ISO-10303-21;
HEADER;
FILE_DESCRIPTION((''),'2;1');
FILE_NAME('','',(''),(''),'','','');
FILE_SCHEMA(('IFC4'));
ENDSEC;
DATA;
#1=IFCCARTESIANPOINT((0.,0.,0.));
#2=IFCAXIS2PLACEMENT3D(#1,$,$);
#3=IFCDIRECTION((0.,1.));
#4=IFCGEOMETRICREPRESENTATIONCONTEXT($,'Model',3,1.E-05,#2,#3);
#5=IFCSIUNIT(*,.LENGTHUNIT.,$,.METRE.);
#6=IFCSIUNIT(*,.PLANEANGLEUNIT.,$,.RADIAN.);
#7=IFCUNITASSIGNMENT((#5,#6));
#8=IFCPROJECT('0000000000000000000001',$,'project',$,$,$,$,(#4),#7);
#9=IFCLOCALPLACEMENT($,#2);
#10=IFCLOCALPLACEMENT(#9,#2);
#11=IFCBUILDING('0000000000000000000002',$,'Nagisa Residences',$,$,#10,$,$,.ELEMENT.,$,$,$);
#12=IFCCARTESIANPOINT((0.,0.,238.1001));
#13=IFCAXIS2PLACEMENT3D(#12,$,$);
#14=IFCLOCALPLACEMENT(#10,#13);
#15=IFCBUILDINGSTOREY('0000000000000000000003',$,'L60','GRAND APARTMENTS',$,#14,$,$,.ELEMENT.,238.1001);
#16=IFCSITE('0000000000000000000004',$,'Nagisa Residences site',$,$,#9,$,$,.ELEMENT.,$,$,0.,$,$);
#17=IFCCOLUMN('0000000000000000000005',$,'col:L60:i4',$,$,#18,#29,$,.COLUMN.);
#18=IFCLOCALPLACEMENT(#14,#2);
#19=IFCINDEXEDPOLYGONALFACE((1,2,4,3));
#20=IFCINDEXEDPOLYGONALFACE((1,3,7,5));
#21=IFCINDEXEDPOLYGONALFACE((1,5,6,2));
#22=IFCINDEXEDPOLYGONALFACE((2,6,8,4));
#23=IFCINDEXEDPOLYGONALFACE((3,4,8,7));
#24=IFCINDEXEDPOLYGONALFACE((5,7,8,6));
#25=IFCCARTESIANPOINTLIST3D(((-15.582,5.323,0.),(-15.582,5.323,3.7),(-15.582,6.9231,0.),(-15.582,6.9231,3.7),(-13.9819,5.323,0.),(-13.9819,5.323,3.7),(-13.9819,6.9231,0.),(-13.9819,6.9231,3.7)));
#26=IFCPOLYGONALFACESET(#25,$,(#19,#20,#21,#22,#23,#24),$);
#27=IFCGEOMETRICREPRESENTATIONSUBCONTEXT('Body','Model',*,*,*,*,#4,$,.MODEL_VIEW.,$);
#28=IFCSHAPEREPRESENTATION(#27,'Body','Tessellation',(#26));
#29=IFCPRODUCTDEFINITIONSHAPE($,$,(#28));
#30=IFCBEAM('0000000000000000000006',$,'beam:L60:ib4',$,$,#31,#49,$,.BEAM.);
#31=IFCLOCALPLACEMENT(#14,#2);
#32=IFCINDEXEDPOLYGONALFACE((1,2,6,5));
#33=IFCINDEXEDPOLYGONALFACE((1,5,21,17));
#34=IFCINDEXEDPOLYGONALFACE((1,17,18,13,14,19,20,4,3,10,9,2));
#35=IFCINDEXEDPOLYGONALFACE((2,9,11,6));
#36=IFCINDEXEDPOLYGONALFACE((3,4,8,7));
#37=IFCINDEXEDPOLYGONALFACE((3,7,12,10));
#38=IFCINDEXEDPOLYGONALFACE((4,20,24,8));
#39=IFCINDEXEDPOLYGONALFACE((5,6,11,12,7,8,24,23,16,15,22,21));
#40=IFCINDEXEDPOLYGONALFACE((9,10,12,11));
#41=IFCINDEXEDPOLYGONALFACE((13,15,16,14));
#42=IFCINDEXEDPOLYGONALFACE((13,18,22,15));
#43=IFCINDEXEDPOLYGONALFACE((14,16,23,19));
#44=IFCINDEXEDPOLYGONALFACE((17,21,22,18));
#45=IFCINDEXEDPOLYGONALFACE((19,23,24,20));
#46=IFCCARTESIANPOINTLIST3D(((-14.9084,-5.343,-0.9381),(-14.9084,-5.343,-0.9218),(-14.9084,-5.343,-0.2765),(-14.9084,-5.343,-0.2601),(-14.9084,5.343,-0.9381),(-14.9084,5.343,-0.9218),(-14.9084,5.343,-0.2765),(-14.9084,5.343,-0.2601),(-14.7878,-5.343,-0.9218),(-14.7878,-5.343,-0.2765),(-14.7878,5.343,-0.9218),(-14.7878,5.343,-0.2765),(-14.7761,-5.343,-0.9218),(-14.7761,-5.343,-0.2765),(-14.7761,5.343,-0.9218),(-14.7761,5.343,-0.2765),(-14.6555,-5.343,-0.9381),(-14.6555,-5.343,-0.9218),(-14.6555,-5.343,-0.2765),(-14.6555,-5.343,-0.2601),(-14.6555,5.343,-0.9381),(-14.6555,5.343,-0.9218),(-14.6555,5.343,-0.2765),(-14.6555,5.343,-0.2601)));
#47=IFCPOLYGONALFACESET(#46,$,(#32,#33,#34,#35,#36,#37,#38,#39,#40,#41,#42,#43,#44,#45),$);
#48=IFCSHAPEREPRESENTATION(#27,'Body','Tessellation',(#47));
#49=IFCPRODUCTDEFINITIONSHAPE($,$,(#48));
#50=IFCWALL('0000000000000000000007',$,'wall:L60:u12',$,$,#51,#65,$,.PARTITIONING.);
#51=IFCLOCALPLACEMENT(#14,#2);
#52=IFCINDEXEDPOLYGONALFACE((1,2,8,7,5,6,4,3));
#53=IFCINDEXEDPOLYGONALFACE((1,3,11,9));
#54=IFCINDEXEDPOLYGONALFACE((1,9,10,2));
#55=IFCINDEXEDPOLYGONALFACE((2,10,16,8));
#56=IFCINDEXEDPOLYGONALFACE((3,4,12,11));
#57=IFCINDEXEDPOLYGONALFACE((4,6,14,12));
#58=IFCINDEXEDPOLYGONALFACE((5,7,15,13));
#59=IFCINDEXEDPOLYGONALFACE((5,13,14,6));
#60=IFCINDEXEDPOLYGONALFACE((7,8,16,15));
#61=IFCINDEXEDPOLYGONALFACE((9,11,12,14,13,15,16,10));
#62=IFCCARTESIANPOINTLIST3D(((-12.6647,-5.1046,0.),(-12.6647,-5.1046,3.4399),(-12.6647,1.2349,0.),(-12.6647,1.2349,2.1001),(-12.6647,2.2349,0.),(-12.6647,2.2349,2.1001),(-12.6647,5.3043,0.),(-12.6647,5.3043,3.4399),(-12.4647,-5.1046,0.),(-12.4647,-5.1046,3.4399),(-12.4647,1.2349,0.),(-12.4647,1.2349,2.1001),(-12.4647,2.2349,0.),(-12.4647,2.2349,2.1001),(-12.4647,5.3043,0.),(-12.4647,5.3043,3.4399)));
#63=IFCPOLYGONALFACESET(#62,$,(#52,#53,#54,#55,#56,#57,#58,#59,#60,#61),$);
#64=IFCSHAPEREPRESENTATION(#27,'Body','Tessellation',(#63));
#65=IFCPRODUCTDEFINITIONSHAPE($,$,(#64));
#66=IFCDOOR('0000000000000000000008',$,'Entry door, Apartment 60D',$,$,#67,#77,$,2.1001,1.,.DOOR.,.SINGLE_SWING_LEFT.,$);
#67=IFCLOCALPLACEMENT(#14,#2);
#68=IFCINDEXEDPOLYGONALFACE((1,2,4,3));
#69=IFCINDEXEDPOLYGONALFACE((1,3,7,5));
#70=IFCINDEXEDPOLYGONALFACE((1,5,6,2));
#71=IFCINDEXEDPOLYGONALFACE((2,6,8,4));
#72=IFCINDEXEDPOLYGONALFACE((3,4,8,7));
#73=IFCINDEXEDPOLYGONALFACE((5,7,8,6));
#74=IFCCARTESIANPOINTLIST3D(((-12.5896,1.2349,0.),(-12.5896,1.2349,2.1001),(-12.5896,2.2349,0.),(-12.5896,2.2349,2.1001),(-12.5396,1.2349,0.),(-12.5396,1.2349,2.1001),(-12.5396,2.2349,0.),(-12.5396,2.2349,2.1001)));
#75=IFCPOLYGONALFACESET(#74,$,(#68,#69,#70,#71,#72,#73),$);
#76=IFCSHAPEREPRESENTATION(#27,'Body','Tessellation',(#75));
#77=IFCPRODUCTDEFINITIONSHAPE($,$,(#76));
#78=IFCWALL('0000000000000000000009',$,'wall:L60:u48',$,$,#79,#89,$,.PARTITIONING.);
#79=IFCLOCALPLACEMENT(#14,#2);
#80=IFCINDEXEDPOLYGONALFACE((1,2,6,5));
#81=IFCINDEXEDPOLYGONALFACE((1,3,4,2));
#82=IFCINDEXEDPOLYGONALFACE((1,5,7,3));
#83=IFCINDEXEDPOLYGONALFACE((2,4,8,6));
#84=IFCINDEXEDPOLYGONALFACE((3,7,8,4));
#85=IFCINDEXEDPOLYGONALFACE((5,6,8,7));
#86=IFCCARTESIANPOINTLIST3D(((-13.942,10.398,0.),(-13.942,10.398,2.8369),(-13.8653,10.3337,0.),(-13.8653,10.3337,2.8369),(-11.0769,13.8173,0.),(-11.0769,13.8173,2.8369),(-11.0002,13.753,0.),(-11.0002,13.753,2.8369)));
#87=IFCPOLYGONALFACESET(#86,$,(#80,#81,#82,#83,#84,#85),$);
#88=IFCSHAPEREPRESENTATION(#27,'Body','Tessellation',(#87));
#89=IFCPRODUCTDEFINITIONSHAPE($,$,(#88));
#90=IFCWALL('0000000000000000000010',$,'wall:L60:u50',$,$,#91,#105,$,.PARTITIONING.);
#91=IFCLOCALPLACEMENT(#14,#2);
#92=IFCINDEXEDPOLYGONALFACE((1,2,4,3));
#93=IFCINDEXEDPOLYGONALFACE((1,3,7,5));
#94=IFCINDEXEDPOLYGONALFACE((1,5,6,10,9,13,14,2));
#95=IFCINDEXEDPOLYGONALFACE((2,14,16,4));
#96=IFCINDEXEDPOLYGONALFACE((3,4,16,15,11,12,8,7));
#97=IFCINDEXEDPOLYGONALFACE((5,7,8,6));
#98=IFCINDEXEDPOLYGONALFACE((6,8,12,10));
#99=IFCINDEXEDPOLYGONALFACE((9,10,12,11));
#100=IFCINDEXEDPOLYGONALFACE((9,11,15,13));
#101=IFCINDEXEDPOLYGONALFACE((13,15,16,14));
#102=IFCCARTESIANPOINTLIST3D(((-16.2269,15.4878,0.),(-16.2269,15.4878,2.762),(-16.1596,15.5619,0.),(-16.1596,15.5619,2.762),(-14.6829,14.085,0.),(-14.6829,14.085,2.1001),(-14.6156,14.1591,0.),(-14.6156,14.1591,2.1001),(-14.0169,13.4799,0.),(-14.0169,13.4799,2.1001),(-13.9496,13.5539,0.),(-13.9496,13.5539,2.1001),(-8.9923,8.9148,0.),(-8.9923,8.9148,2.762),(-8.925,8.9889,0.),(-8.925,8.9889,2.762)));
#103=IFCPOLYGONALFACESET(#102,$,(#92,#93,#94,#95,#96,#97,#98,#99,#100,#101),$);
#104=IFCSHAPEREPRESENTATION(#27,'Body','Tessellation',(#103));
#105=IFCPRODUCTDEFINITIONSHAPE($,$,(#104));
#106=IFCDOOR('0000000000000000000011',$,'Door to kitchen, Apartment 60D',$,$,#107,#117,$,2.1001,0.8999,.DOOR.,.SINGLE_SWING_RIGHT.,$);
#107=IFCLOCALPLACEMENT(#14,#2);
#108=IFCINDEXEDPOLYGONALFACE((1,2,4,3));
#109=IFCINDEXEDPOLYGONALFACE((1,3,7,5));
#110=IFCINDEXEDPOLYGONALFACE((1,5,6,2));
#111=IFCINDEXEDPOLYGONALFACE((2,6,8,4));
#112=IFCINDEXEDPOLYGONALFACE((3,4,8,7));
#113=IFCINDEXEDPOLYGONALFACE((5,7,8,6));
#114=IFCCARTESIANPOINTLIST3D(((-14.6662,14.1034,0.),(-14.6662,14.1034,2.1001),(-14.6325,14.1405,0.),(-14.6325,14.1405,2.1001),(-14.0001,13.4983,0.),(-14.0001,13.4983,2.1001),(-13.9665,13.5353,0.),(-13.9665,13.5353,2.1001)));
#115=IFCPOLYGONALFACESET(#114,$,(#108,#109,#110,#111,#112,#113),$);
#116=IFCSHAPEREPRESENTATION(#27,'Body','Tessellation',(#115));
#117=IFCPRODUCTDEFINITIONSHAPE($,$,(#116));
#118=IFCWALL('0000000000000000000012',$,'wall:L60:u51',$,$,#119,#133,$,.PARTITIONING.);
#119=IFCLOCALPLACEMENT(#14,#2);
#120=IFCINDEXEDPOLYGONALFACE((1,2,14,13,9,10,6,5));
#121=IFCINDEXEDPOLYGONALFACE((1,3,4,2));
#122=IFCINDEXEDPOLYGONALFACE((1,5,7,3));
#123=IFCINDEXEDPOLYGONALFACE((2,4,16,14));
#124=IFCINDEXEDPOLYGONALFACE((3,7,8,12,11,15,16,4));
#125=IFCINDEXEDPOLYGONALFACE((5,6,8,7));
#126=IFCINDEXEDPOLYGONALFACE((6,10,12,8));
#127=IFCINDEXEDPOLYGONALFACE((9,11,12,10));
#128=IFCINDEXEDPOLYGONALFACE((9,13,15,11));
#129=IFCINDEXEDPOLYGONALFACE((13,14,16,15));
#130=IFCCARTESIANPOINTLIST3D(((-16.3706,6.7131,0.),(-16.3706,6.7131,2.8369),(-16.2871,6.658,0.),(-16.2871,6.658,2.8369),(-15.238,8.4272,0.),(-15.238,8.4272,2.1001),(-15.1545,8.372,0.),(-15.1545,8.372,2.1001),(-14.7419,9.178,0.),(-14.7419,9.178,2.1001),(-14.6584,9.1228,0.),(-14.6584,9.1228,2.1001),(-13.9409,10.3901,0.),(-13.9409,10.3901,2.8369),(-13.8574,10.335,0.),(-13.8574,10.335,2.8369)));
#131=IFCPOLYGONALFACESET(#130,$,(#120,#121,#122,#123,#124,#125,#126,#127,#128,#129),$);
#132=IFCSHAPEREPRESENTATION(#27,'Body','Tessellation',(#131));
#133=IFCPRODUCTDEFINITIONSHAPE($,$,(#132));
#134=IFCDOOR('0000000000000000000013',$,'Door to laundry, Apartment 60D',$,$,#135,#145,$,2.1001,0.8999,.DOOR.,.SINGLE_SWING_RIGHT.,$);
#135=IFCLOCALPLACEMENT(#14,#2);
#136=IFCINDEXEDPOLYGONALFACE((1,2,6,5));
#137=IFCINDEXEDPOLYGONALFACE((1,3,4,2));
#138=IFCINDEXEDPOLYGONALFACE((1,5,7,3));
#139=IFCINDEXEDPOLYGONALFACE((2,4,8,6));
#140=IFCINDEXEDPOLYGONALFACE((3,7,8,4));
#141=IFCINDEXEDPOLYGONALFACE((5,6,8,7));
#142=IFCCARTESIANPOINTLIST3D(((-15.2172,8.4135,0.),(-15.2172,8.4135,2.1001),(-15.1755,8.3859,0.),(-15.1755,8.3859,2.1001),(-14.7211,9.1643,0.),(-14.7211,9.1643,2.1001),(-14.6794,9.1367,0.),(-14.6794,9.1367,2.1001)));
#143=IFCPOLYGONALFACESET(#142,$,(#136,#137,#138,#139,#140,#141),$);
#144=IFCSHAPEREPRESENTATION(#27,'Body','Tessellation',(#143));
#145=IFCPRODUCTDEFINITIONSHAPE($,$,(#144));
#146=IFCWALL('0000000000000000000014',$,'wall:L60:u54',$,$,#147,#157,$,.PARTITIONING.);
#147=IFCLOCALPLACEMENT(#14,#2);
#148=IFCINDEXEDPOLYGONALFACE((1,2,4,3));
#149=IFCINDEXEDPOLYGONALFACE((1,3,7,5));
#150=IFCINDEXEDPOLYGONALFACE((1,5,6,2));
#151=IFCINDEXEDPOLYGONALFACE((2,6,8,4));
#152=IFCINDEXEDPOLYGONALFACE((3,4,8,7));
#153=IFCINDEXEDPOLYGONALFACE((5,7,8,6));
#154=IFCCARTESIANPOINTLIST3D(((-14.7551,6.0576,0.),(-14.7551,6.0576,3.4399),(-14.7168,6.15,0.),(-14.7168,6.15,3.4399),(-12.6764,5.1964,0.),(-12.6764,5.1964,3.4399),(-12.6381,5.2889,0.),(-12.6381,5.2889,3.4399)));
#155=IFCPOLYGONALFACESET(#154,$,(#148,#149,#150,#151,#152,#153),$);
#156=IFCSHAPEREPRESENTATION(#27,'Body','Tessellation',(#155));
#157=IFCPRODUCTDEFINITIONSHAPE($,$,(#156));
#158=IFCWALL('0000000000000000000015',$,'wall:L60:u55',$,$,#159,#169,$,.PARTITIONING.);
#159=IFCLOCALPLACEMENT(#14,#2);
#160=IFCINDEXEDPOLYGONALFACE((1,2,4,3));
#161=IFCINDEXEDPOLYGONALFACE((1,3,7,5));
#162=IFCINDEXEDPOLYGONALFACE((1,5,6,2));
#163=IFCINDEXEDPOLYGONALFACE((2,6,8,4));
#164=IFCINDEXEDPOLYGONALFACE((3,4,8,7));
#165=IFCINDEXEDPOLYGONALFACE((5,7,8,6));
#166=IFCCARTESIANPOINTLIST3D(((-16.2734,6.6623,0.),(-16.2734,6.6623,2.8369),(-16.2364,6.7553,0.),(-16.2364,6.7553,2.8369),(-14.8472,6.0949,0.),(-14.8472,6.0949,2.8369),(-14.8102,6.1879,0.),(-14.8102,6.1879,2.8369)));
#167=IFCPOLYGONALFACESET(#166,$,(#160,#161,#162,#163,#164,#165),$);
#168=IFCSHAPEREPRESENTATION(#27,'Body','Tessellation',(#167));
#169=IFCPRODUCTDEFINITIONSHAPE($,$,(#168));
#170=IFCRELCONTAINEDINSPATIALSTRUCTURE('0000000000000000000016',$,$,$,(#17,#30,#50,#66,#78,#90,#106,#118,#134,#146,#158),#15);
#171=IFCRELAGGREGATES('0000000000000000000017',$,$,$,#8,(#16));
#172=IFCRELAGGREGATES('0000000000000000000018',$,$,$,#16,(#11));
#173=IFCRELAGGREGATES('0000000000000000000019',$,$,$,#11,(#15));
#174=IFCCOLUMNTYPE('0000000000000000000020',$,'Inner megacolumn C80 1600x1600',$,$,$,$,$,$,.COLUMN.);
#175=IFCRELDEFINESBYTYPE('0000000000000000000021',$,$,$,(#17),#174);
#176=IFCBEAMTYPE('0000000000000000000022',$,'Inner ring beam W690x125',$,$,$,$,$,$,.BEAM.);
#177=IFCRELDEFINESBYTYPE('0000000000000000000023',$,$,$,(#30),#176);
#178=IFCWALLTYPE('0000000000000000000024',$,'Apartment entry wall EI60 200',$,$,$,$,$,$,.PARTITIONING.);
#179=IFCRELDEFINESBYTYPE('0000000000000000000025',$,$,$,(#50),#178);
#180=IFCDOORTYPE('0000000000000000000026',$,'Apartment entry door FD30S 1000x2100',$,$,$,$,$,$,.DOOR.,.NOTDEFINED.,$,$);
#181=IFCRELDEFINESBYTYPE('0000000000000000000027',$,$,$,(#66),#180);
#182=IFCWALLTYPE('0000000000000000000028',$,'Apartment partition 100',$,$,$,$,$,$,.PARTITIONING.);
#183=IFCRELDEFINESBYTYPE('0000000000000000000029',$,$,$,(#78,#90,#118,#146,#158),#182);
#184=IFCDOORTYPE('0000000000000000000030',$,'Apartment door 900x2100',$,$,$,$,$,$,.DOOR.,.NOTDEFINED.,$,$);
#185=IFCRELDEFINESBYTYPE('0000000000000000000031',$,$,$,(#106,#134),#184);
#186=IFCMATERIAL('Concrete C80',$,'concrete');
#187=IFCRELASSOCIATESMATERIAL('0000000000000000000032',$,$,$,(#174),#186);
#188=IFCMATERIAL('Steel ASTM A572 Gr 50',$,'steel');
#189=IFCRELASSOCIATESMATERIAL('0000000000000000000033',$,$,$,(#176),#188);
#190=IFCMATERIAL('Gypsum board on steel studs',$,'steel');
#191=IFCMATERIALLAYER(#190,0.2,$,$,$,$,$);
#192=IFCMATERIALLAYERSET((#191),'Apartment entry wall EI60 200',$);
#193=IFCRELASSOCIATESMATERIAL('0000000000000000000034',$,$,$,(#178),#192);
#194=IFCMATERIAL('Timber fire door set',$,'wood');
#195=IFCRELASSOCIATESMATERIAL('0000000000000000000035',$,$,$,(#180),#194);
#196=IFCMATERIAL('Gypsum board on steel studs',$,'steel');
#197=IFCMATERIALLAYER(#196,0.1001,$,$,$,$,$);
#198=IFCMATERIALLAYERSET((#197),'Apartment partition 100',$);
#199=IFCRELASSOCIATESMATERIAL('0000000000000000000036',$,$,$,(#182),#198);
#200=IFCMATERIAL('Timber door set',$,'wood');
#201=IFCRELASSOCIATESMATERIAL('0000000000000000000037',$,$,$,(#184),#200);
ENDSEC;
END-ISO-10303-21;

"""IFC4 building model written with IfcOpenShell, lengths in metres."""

from ifc_helpers import new_model, si_unit, direction, frame, frame_2d, origin, origin_2d, place, context, subcontext, project, spatial, rectangle, i_section, extrude, material, layer, layer_set, material_profile, profile_set, type_object, element, fill, save


model = new_model("IFC4")

# Units and contexts
model_context = context("Model", 3, precision=1e-05, world=origin(), true_north=direction((0.0, 1.0)))
body_context = subcontext(model_context, "Body", "Model", "MODEL_VIEW")
ifc_project = project(units=[si_unit("LENGTHUNIT", "METRE"), si_unit("PLANEANGLEUNIT", "RADIAN")], contexts=[model_context])

# Site, building, storey
site_placement = place(None, origin())
site = spatial("IfcSite", under=ifc_project, at=site_placement, Name="Nagisa Residences site", CompositionType="ELEMENT", RefElevation=0.0)
building_placement = place(site_placement, origin())
building = spatial("IfcBuilding", under=site, at=building_placement, Name="Nagisa Residences", CompositionType="ELEMENT")
storey_placement = place(building_placement, frame((0.0, 0.0, 238.1001)))
storey = spatial("IfcBuildingStorey", under=building, at=storey_placement, Name="L60", Description="GRAND APARTMENTS", CompositionType="ELEMENT", Elevation=238.1001)

# Column
ifc_material_1 = material(Name="Concrete C80", Category="concrete")
ifc_material_profile_1 = material_profile(ifc_material_1, rectangle(XDim=1.6001, YDim=1.6001, at=origin_2d()), Name="C80 1600x1600")
ifc_profile_set_1 = profile_set([ifc_material_profile_1], Name="Concrete C80")
column_type = type_object("IfcColumnType", Name="Inner megacolumn C80 1600x1600", PredefinedType="COLUMN", material=ifc_profile_set_1)
column_placement = place(storey_placement, frame((-14.782, 6.123, 0.0), z_axis=(0.0, 0.0, 1.0), x_axis=(1.0, 0.0, 0.0)))
element("IfcColumn", 1, at=column_placement, inside=storey, type_object=column_type, Name="col:L60:i4", PredefinedType="COLUMN", context=body_context, shape_type="SweptSolid", body=[
    extrude(rectangle(XDim=1.6001, YDim=1.6001, at=origin_2d()), origin(), (0.0, 0.0, 1.0), 3.7),
])

# Beam
ifc_material_2 = material(Name="Steel ASTM A572 Gr 50", Category="steel")
ifc_material_profile_2 = material_profile(ifc_material_2, i_section(OverallWidth=0.2529, OverallDepth=0.678, WebThickness=0.0117, FlangeThickness=0.0164, at=origin_2d()), Name="W690x125")
ifc_profile_set_2 = profile_set([ifc_material_profile_2], Name="Steel ASTM A572 Gr 50")
beam_type = type_object("IfcBeamType", Name="Inner ring beam W690x125", PredefinedType="BEAM", material=ifc_profile_set_2)
beam_placement = place(storey_placement, frame((-14.782, 5.343, -0.5991), z_axis=(0.0, -1.0, 0.0), x_axis=(1.0, 0.0, 0.0)))
element("IfcBeam", 2, at=beam_placement, inside=storey, type_object=beam_type, Name="beam:L60:ib4", PredefinedType="BEAM", context=body_context, shape_type="SweptSolid", body=[
    extrude(i_section(OverallWidth=0.2529, OverallDepth=0.678, WebThickness=0.0117, FlangeThickness=0.0164, at=origin_2d()), origin(), (0.0, 0.0, 1.0), 10.686),
])

# Wall, opening, door
ifc_material_3 = material(Name="Gypsum board on steel studs", Category="steel")
ifc_layer_1 = layer(ifc_material_3, 0.2)
ifc_layer_set_1 = layer_set([ifc_layer_1], Name="Apartment entry wall EI60 200")
wall_type_1 = type_object("IfcWallType", Name="Apartment entry wall EI60 200", PredefinedType="PARTITIONING", material=ifc_layer_set_1)
wall_1_placement = place(storey_placement, frame((-12.5647, 5.3044, 0.0), z_axis=(0.0, 0.0, 1.0), x_axis=(0.0, -1.0, 0.0)))
wall_1 = element("IfcWall", 3, at=wall_1_placement, inside=storey, type_object=wall_type_1, Name="wall:L60:u12", PredefinedType="PARTITIONING", context=body_context, shape_type="SweptSolid", body=[
    extrude(rectangle(XDim=10.4089, YDim=0.2, at=frame_2d((5.2046, 0.0))), origin(), (0.0, 0.0, 1.0), 3.4399),
])
opening_1_placement = place(wall_1_placement, frame((3.0696, 0.0, 0.0)))
opening_1 = element("IfcOpeningElement", 4, at=opening_1_placement, cuts=wall_1, PredefinedType="OPENING", context=body_context, shape_type="SweptSolid", body=[
    extrude(rectangle(XDim=1.0, YDim=2.1001, at=frame_2d((0.5, 1.05))), frame((0.0, 0.1099, 0.0), z_axis=(0.0, -1.0, 0.0), x_axis=(1.0, 0.0, 0.0)), (0.0, 0.0, 1.0), 0.22),
])
ifc_material_4 = material(Name="Timber fire door set", Category="wood")
door_type_1 = type_object("IfcDoorType", Name="Apartment entry door FD30S 1000x2100", OperationType="NOTDEFINED", PredefinedType="DOOR", material=ifc_material_4)
door_1_placement = place(opening_1_placement, frame((1.0, 0.0, 0.0), x_axis=(-1.0, 0.0, 0.0)))
door_1 = element("IfcDoor", 5, at=door_1_placement, inside=storey, type_object=door_type_1, Name="Entry door, Apartment 60D", OperationType="SINGLE_SWING_LEFT", OverallHeight=2.1001, OverallWidth=1.0, PredefinedType="DOOR", context=body_context, shape_type="SweptSolid", body=[
    extrude(rectangle(XDim=1.0, YDim=2.1001, at=frame_2d((0.5, 1.05))), frame((0.0, 0.0249, 0.0), z_axis=(0.0, -1.0, 0.0), x_axis=(1.0, 0.0, 0.0)), (0.0, 0.0, 1.0), 0.05),
])
fill(opening_1, door_1)

# Wall
ifc_material_5 = material(Name="Gypsum board on steel studs", Category="steel")
ifc_layer_2 = layer(ifc_material_5, 0.1001)
ifc_layer_set_2 = layer_set([ifc_layer_2], Name="Apartment partition 100")
wall_type_2 = type_object("IfcWallType", Name="Apartment partition 100", PredefinedType="PARTITIONING", material=ifc_layer_set_2)
wall_2_placement = place(storey_placement, frame((-11.0386, 13.7852, 0.0), z_axis=(0.0, 0.0, 1.0), x_axis=(-0.642255, -0.766491, 0.0)))
element("IfcWall", 6, at=wall_2_placement, inside=storey, type_object=wall_type_2, Name="wall:L60:u48", PredefinedType="PARTITIONING", context=body_context, shape_type="SweptSolid", body=[
    extrude(rectangle(XDim=4.4609, YDim=0.1001, at=frame_2d((2.2305, 0.0))), origin(), (0.0, 0.0, 1.0), 2.8369),
])

# Walls, openings, doors
wall_3_placement = place(storey_placement, frame((-8.9587, 8.9519, 0.0), z_axis=(0.0, 0.0, 1.0), x_axis=(-0.74014, 0.672453, 0.0)))
wall_3 = element("IfcWall", 7, at=wall_3_placement, inside=storey, type_object=wall_type_2, Name="wall:L60:u50", PredefinedType="PARTITIONING", context=body_context, shape_type="SweptSolid", body=[
    extrude(rectangle(XDim=9.7747, YDim=0.1001, at=frame_2d((4.8872, 0.0))), origin(), (0.0, 0.0, 1.0), 2.762),
])
opening_2_placement = place(wall_3_placement, frame((6.7886, 0.0, 0.0)))
opening_2 = element("IfcOpeningElement", 8, at=opening_2_placement, cuts=wall_3, PredefinedType="OPENING", context=body_context, shape_type="SweptSolid", body=[
    extrude(rectangle(XDim=0.8999, YDim=2.1001, at=frame_2d((0.45, 1.05))), frame((0.0, 0.0601, 0.0), z_axis=(0.0, -1.0, 0.0), x_axis=(1.0, 0.0, 0.0)), (0.0, 0.0, 1.0), 0.1201),
])
ifc_material_6 = material(Name="Timber door set", Category="wood")
door_type_2 = type_object("IfcDoorType", Name="Apartment door 900x2100", OperationType="NOTDEFINED", PredefinedType="DOOR", material=ifc_material_6)
door_2_placement = place(opening_2_placement, frame((0.8999, 0.0, 0.0), x_axis=(-1.0, 0.0, 0.0)))
door_2 = element("IfcDoor", 9, at=door_2_placement, inside=storey, type_object=door_type_2, Name="Door to kitchen, Apartment 60D", OperationType="SINGLE_SWING_RIGHT", OverallHeight=2.1001, OverallWidth=0.8999, PredefinedType="DOOR", context=body_context, shape_type="SweptSolid", body=[
    extrude(rectangle(XDim=0.8999, YDim=2.1001, at=frame_2d((0.45, 1.05))), frame((0.0, 0.0249, 0.0), z_axis=(0.0, -1.0, 0.0), x_axis=(1.0, 0.0, 0.0)), (0.0, 0.0, 1.0), 0.05),
])
fill(opening_2, door_2)
wall_4_placement = place(storey_placement, frame((-13.8992, 10.3625, 0.0), z_axis=(0.0, 0.0, 1.0), x_axis=(-0.551295, -0.83431, 0.0)))
wall_4 = element("IfcWall", 10, at=wall_4_placement, inside=storey, type_object=wall_type_2, Name="wall:L60:u51", PredefinedType="PARTITIONING", context=body_context, shape_type="SweptSolid", body=[
    extrude(rectangle(XDim=4.4072, YDim=0.1001, at=frame_2d((2.2036, 0.0))), origin(), (0.0, 0.0, 1.0), 2.8369),
])
opening_3_placement = place(wall_4_placement, frame((1.4529, 0.0, 0.0)))
opening_3 = element("IfcOpeningElement", 11, at=opening_3_placement, cuts=wall_4, PredefinedType="OPENING", context=body_context, shape_type="SweptSolid", body=[
    extrude(rectangle(XDim=0.8999, YDim=2.1001, at=frame_2d((0.45, 1.05))), frame((0.0, 0.0601, 0.0), z_axis=(0.0, -1.0, 0.0), x_axis=(1.0, 0.0, 0.0)), (0.0, 0.0, 1.0), 0.1201),
])
door_3_placement = place(opening_3_placement, origin())
door_3 = element("IfcDoor", 12, at=door_3_placement, inside=storey, type_object=door_type_2, Name="Door to laundry, Apartment 60D", OperationType="SINGLE_SWING_RIGHT", OverallHeight=2.1001, OverallWidth=0.8999, PredefinedType="DOOR", context=body_context, shape_type="SweptSolid", body=[
    extrude(rectangle(XDim=0.8999, YDim=2.1001, at=frame_2d((0.45, 1.05))), frame((0.0, 0.0249, 0.0), z_axis=(0.0, -1.0, 0.0), x_axis=(1.0, 0.0, 0.0)), (0.0, 0.0, 1.0), 0.05),
])
fill(opening_3, door_3)

# Walls
wall_5_placement = place(storey_placement, frame((-12.6572, 5.2427, 0.0), z_axis=(0.0, 0.0, 1.0), x_axis=(-0.923865, 0.382719, 0.0)))
element("IfcWall", 13, at=wall_5_placement, inside=storey, type_object=wall_type_2, Name="wall:L60:u54", PredefinedType="PARTITIONING", context=body_context, shape_type="SweptSolid", body=[
    extrude(rectangle(XDim=2.25, YDim=0.1001, at=frame_2d((1.125, 0.0))), origin(), (0.0, 0.0, 1.0), 3.4399),
])
wall_6_placement = place(storey_placement, frame((-14.8286, 6.1414, 0.0), z_axis=(0.0, 0.0, 1.0), x_axis=(-0.929177, 0.369635, 0.0)))
element("IfcWall", 14, at=wall_6_placement, inside=storey, type_object=wall_type_2, Name="wall:L60:u55", PredefinedType="PARTITIONING", context=body_context, shape_type="SweptSolid", body=[
    extrude(rectangle(XDim=1.5349, YDim=0.1001, at=frame_2d((0.7676, 0.0))), origin(), (0.0, 0.0, 1.0), 2.8369),
])

save(model, "model.ifc")
